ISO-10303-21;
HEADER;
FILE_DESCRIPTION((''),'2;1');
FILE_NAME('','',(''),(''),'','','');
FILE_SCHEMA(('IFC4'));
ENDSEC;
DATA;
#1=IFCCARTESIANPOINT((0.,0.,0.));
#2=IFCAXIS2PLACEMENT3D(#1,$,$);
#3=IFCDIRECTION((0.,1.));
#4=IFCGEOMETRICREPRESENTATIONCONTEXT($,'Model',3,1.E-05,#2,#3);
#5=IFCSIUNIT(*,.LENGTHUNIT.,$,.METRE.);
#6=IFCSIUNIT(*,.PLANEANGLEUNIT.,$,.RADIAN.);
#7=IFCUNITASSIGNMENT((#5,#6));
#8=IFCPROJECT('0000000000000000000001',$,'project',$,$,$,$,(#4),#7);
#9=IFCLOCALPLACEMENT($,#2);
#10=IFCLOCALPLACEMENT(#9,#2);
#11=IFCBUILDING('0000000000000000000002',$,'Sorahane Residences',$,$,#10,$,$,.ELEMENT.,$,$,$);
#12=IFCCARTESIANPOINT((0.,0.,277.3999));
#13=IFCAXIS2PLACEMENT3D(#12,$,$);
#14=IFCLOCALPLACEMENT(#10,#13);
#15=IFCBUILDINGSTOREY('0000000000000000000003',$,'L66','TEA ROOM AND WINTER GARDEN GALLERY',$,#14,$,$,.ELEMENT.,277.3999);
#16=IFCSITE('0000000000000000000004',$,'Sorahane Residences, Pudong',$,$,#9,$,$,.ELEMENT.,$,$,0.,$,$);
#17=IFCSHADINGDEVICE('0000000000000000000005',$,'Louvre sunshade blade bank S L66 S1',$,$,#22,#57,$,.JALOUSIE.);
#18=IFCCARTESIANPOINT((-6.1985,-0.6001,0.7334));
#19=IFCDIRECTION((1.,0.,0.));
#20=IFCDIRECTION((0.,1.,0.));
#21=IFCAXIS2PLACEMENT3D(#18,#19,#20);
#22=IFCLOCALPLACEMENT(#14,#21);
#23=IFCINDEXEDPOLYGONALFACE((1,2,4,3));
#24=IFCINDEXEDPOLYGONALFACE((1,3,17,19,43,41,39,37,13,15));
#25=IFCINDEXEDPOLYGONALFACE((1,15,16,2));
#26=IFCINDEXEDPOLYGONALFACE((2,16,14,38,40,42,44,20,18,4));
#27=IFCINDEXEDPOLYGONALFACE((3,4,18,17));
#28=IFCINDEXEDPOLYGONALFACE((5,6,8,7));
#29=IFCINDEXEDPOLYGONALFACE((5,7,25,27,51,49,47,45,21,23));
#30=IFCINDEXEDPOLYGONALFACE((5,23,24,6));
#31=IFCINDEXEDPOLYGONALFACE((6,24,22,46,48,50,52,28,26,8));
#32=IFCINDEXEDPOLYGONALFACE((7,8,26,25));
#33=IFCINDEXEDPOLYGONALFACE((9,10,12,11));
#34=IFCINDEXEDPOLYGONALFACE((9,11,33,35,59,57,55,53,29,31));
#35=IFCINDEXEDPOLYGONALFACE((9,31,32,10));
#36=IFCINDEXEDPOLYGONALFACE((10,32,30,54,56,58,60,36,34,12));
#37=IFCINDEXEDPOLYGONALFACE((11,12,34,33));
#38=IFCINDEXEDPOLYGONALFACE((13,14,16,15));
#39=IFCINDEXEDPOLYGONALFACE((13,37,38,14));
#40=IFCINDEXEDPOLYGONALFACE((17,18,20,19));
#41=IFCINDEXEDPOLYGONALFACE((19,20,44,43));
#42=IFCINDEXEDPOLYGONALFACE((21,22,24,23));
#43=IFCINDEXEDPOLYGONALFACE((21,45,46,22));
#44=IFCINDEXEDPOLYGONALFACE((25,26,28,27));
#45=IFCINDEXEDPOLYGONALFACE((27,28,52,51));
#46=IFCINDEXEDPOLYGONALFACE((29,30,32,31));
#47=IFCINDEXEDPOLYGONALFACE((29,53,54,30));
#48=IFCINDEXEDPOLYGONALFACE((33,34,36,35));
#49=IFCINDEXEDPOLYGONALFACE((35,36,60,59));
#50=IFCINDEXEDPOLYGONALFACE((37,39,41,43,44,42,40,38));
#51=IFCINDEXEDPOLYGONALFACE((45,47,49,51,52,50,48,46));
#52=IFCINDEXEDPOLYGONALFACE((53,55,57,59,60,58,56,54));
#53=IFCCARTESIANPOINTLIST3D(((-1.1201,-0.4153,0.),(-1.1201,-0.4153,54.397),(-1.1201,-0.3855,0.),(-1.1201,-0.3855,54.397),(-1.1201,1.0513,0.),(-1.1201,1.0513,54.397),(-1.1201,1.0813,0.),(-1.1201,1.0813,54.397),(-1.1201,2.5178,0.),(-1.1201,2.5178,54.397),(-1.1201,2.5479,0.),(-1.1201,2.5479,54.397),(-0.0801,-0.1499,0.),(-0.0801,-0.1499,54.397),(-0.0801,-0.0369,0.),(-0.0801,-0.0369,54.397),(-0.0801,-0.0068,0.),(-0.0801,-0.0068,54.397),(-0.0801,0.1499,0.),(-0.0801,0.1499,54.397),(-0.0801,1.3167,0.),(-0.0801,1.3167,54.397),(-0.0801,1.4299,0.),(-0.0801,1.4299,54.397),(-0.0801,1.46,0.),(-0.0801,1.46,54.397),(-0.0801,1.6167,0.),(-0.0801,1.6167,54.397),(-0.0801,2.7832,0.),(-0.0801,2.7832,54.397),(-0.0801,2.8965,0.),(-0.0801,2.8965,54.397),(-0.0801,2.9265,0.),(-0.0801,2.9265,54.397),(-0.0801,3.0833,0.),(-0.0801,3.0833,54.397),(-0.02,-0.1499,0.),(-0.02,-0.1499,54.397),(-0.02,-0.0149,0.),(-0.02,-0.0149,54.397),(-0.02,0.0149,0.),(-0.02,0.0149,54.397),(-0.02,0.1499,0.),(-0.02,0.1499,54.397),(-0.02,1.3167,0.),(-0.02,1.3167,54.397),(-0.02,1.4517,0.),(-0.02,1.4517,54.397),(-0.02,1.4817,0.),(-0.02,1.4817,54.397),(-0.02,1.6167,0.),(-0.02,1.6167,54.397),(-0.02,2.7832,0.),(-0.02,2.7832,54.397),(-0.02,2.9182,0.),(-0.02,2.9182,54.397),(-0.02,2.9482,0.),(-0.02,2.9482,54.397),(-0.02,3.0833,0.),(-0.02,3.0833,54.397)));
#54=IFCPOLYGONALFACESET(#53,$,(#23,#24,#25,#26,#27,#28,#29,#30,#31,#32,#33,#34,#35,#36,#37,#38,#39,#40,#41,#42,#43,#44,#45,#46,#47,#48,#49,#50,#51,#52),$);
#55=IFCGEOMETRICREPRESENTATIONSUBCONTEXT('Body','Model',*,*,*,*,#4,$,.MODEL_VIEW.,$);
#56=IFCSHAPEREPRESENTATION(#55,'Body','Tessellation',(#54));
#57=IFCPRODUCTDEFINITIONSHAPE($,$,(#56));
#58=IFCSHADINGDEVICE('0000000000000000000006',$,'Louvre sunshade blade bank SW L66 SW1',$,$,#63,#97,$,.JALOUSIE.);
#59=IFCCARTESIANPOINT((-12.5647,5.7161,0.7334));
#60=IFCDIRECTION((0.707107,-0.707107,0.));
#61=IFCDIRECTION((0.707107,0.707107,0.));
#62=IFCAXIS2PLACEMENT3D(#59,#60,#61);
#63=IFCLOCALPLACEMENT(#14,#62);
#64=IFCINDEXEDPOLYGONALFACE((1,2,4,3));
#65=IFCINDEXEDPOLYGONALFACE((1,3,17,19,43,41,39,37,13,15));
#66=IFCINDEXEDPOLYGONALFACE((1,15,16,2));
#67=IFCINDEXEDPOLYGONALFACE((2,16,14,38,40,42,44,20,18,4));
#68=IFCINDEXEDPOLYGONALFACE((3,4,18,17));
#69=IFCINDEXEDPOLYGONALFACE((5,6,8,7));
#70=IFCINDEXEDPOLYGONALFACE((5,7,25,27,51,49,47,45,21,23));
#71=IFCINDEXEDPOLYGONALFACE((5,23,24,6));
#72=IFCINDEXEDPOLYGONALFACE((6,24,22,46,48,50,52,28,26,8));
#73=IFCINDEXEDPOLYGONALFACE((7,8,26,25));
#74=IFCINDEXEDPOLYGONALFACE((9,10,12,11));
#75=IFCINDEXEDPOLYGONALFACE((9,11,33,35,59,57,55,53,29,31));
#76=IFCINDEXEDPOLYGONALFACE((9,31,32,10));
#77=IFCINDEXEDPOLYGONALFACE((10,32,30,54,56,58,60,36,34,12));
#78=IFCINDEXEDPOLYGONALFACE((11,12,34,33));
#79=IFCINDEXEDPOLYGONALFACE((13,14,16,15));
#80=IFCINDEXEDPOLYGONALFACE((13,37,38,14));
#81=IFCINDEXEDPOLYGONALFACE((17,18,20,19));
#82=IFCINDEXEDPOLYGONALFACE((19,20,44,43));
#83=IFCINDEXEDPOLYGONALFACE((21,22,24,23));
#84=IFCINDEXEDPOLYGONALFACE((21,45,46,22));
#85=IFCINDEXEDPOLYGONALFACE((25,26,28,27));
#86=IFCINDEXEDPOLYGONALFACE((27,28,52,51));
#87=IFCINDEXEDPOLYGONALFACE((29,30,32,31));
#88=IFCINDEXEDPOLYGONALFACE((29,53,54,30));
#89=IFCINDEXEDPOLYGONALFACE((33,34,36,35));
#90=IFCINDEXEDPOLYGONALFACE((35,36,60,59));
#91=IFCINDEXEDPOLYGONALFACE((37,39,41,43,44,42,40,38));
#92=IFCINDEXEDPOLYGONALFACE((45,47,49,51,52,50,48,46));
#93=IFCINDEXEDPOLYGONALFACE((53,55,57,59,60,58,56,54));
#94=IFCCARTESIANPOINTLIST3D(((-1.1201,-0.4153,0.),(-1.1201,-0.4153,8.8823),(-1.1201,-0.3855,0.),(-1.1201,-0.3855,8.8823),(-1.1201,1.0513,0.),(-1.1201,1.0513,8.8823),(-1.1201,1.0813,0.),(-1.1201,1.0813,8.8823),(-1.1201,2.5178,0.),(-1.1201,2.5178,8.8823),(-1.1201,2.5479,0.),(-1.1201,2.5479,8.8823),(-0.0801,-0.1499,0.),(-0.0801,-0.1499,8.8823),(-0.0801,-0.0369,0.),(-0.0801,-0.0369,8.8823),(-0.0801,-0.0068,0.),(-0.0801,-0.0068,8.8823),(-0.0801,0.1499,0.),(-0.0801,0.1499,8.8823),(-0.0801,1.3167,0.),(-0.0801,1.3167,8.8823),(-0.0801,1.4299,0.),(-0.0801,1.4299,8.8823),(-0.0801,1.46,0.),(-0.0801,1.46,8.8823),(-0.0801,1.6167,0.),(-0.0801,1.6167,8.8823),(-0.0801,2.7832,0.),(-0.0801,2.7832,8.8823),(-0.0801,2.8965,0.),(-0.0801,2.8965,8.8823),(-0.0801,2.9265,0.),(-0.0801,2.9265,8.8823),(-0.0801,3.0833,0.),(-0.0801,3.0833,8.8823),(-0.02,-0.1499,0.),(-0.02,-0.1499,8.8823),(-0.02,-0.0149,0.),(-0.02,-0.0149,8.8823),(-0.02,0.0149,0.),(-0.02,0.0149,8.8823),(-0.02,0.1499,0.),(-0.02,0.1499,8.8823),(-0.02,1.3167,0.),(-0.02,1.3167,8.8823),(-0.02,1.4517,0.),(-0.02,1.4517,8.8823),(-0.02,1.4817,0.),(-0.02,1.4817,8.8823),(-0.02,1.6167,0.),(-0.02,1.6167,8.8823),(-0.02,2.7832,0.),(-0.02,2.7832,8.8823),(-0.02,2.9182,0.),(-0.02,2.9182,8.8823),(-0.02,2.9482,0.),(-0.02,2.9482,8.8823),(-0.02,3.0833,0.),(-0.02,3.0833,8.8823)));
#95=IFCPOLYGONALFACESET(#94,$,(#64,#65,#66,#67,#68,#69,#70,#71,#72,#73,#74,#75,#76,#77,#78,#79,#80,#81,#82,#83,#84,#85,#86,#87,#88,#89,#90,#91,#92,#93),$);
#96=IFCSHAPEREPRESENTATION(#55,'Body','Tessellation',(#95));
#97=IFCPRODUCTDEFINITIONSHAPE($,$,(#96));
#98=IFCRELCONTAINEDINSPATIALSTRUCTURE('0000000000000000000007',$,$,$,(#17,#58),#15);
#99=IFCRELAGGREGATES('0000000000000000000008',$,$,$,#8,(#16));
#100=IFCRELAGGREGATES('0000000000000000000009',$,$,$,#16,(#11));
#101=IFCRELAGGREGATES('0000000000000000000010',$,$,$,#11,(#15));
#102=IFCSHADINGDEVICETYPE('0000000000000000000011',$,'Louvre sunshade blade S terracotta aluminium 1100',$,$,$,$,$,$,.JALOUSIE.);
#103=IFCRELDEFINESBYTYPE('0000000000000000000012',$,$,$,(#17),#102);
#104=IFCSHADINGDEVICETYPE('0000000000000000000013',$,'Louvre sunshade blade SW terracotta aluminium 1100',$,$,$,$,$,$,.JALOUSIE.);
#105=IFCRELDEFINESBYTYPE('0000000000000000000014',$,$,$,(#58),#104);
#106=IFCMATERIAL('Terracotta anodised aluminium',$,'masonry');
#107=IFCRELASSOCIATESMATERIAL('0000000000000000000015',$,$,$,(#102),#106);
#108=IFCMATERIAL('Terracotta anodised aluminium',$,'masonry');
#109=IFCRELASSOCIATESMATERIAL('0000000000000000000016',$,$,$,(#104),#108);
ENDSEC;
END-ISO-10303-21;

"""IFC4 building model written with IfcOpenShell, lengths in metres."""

from ifc_helpers import new_model, si_unit, direction, frame, origin, place, context, subcontext, project, spatial, polyline, outline, composite_profile, extrude, material, type_object, element, save


model = new_model("IFC4")

# Units and contexts
model_context = context("Model", 3, precision=1e-05, world=origin(), true_north=direction((0.0, 1.0)))
body_context = subcontext(model_context, "Body", "Model", "MODEL_VIEW")
ifc_project = project(units=[si_unit("LENGTHUNIT", "METRE"), si_unit("PLANEANGLEUNIT", "RADIAN")], contexts=[model_context])

# Site, building, storey
site_placement = place(None, origin())
site = spatial("IfcSite", under=ifc_project, at=site_placement, Name="Sorahane Residences, Pudong", CompositionType="ELEMENT", RefElevation=0.0)
building_placement = place(site_placement, origin())
building = spatial("IfcBuilding", under=site, at=building_placement, Name="Sorahane Residences", CompositionType="ELEMENT")
storey_placement = place(building_placement, frame((0.0, 0.0, 277.3999)))
storey = spatial("IfcBuildingStorey", under=building, at=storey_placement, Name="L66", Description="TEA ROOM AND WINTER GARDEN GALLERY", CompositionType="ELEMENT", Elevation=277.3999)

# Shading devices
ifc_material_1 = material(Name="Terracotta anodised aluminium", Category="masonry")
shading_device_type_1 = type_object("IfcShadingDeviceType", Name="Louvre sunshade blade S terracotta aluminium 1100", PredefinedType="JALOUSIE", material=ifc_material_1)
shading_device_1_placement = place(storey_placement, frame((-6.1985, -0.6001, 0.7334), z_axis=(1.0, 0.0, 0.0), x_axis=(0.0, 1.0, 0.0)))
element("IfcShadingDevice", 1, at=shading_device_1_placement, inside=storey, type_object=shading_device_type_1, Name="Louvre sunshade blade bank S L66 S1", PredefinedType="JALOUSIE", context=body_context, shape_type="SweptSolid", body=[
    extrude(composite_profile([outline(polyline([(-1.1201, -0.3855), (-1.1201, -0.4153), (-0.0801, -0.0369), (-0.0801, -0.1499), (-0.02, -0.1499), (-0.02, -0.0149), (-0.02, 0.0149), (-0.02, 0.1499), (-0.0801, 0.1499), (-0.0801, -0.0068), (-1.1201, -0.3855)])), outline(polyline([(-1.1201, 1.0813), (-1.1201, 1.0513), (-0.0801, 1.4299), (-0.0801, 1.3167), (-0.02, 1.3167), (-0.02, 1.4517), (-0.02, 1.4817), (-0.02, 1.6167), (-0.0801, 1.6167), (-0.0801, 1.46), (-1.1201, 1.0813)])), outline(polyline([(-1.1201, 2.5479), (-1.1201, 2.5178), (-0.0801, 2.8965), (-0.0801, 2.7832), (-0.02, 2.7832), (-0.02, 2.9182), (-0.02, 2.9482), (-0.02, 3.0833), (-0.0801, 3.0833), (-0.0801, 2.9265), (-1.1201, 2.5479)]))]), origin(), (0.0, 0.0, 1.0), 54.397),
])
ifc_material_2 = material(Name="Terracotta anodised aluminium", Category="masonry")
shading_device_type_2 = type_object("IfcShadingDeviceType", Name="Louvre sunshade blade SW terracotta aluminium 1100", PredefinedType="JALOUSIE", material=ifc_material_2)
shading_device_2_placement = place(storey_placement, frame((-12.5647, 5.7161, 0.7334), z_axis=(0.707107, -0.707107, 0.0), x_axis=(0.707107, 0.707107, 0.0)))
element("IfcShadingDevice", 2, at=shading_device_2_placement, inside=storey, type_object=shading_device_type_2, Name="Louvre sunshade blade bank SW L66 SW1", PredefinedType="JALOUSIE", context=body_context, shape_type="SweptSolid", body=[
    extrude(composite_profile([outline(polyline([(-1.1201, -0.3855), (-1.1201, -0.4153), (-0.0801, -0.0369), (-0.0801, -0.1499), (-0.02, -0.1499), (-0.02, -0.0149), (-0.02, 0.0149), (-0.02, 0.1499), (-0.0801, 0.1499), (-0.0801, -0.0068), (-1.1201, -0.3855)])), outline(polyline([(-1.1201, 1.0813), (-1.1201, 1.0513), (-0.0801, 1.4299), (-0.0801, 1.3167), (-0.02, 1.3167), (-0.02, 1.4517), (-0.02, 1.4817), (-0.02, 1.6167), (-0.0801, 1.6167), (-0.0801, 1.46), (-1.1201, 1.0813)])), outline(polyline([(-1.1201, 2.5479), (-1.1201, 2.5178), (-0.0801, 2.8965), (-0.0801, 2.7832), (-0.02, 2.7832), (-0.02, 2.9182), (-0.02, 2.9482), (-0.02, 3.0833), (-0.0801, 3.0833), (-0.0801, 2.9265), (-1.1201, 2.5479)]))]), origin(), (0.0, 0.0, 1.0), 8.8823),
])

save(model, "model.ifc")
